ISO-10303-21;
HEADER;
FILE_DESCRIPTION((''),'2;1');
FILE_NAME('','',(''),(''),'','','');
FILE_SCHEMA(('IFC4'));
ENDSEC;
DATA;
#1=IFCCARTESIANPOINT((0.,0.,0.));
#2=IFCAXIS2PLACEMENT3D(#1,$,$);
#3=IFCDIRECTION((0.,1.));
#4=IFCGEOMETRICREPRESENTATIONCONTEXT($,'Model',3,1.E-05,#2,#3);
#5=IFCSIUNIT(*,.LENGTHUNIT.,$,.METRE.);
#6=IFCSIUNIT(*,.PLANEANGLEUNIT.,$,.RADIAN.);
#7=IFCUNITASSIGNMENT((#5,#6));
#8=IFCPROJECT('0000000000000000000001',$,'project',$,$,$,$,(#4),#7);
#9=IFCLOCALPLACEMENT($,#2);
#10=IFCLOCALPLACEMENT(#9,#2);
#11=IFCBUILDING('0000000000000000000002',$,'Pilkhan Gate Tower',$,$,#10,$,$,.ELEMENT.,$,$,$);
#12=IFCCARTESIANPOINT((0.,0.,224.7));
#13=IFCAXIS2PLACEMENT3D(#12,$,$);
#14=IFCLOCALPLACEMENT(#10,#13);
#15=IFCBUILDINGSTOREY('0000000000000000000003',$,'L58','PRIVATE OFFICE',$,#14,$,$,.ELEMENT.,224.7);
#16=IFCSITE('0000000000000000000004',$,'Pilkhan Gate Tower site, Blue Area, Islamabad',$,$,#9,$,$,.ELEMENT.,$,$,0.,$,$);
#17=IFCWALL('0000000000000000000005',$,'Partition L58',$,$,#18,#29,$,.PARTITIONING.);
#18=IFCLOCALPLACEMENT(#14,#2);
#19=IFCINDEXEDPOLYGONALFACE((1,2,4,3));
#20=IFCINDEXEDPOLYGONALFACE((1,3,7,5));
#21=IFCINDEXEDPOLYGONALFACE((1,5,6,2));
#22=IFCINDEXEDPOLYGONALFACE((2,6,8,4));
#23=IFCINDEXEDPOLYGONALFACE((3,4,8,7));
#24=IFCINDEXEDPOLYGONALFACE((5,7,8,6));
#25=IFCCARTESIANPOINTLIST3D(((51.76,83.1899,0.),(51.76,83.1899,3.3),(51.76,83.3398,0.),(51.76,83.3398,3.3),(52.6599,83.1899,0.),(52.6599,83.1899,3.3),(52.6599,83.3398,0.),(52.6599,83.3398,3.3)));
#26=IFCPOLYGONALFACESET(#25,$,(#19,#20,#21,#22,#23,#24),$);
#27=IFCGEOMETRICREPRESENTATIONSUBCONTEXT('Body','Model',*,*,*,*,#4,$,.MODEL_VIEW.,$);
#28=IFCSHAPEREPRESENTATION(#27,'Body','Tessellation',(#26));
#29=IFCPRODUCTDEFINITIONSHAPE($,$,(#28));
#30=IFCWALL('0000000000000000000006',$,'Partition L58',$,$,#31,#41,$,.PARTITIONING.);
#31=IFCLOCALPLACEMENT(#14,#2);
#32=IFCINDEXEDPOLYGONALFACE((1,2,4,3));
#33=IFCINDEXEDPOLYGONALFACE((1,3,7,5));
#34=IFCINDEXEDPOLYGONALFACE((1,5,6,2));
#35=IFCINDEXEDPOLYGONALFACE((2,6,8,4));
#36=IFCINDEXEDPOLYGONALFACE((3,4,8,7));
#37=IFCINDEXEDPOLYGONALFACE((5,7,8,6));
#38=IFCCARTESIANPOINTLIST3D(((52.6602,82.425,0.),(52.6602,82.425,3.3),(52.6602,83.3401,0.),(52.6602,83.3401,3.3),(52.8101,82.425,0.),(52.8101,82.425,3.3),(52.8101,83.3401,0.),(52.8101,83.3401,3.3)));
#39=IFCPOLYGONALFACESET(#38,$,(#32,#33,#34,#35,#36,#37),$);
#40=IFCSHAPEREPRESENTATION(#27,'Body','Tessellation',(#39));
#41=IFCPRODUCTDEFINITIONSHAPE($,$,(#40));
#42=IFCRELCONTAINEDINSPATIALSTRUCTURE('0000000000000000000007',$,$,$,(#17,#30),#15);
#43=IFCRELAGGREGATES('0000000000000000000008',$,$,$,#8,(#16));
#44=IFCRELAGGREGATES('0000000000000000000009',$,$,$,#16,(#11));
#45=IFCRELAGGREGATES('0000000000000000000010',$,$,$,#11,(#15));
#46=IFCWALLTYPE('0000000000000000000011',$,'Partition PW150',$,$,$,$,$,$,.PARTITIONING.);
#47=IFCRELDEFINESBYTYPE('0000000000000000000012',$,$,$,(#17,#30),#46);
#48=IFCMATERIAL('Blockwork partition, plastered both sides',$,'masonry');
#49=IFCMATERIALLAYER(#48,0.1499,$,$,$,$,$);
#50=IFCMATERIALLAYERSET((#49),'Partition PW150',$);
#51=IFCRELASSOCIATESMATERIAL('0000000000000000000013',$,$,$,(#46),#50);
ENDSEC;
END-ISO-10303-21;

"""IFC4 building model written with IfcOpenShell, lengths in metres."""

from ifc_helpers import new_model, si_unit, direction, frame, frame_2d, origin, place, context, subcontext, project, spatial, rectangle, extrude, material, layer, layer_set, type_object, element, save


model = new_model("IFC4")

# Units and contexts
model_context = context("Model", 3, precision=1e-05, world=origin(), true_north=direction((0.0, 1.0)))
body_context = subcontext(model_context, "Body", "Model", "MODEL_VIEW")
ifc_project = project(units=[si_unit("LENGTHUNIT", "METRE"), si_unit("PLANEANGLEUNIT", "RADIAN")], contexts=[model_context])

# Site, building, storey
site_placement = place(None, origin())
site = spatial("IfcSite", under=ifc_project, at=site_placement, Name="Pilkhan Gate Tower site, Blue Area, Islamabad", CompositionType="ELEMENT", RefElevation=0.0)
building_placement = place(site_placement, origin())
building = spatial("IfcBuilding", under=site, at=building_placement, Name="Pilkhan Gate Tower", CompositionType="ELEMENT")
storey_placement = place(building_placement, frame((0.0, 0.0, 224.7)))
storey = spatial("IfcBuildingStorey", under=building, at=storey_placement, Name="L58", Description="PRIVATE OFFICE", CompositionType="ELEMENT", Elevation=224.7)

# Walls
ifc_material_1 = material(Name="Blockwork partition, plastered both sides", Category="masonry")
ifc_layer_1 = layer(ifc_material_1, 0.1499)
ifc_layer_set_1 = layer_set([ifc_layer_1], Name="Partition PW150")
wall_type_1 = type_object("IfcWallType", Name="Partition PW150", PredefinedType="PARTITIONING", material=ifc_layer_set_1)
wall_1_placement = place(storey_placement, frame((51.76, 83.2649, 0.0), z_axis=(0.0, 0.0, 1.0), x_axis=(1.0, 0.0, 0.0)))
element("IfcWall", 1, at=wall_1_placement, inside=storey, type_object=wall_type_1, Name="Partition L58", PredefinedType="PARTITIONING", context=body_context, shape_type="SweptSolid", body=[
    extrude(rectangle(XDim=0.8999, YDim=0.1499, at=frame_2d((0.45, 0.0))), origin(), (0.0, 0.0, 1.0), 3.3),
])
wall_2_placement = place(storey_placement, frame((52.7351, 82.425, 0.0), z_axis=(0.0, 0.0, 1.0), x_axis=(0.0, 1.0, 0.0)))
element("IfcWall", 2, at=wall_2_placement, inside=storey, type_object=wall_type_1, Name="Partition L58", PredefinedType="PARTITIONING", context=body_context, shape_type="SweptSolid", body=[
    extrude(rectangle(XDim=0.915, YDim=0.1499, at=frame_2d((0.4575, 0.0))), origin(), (0.0, 0.0, 1.0), 3.3),
])

save(model, "model.ifc")
